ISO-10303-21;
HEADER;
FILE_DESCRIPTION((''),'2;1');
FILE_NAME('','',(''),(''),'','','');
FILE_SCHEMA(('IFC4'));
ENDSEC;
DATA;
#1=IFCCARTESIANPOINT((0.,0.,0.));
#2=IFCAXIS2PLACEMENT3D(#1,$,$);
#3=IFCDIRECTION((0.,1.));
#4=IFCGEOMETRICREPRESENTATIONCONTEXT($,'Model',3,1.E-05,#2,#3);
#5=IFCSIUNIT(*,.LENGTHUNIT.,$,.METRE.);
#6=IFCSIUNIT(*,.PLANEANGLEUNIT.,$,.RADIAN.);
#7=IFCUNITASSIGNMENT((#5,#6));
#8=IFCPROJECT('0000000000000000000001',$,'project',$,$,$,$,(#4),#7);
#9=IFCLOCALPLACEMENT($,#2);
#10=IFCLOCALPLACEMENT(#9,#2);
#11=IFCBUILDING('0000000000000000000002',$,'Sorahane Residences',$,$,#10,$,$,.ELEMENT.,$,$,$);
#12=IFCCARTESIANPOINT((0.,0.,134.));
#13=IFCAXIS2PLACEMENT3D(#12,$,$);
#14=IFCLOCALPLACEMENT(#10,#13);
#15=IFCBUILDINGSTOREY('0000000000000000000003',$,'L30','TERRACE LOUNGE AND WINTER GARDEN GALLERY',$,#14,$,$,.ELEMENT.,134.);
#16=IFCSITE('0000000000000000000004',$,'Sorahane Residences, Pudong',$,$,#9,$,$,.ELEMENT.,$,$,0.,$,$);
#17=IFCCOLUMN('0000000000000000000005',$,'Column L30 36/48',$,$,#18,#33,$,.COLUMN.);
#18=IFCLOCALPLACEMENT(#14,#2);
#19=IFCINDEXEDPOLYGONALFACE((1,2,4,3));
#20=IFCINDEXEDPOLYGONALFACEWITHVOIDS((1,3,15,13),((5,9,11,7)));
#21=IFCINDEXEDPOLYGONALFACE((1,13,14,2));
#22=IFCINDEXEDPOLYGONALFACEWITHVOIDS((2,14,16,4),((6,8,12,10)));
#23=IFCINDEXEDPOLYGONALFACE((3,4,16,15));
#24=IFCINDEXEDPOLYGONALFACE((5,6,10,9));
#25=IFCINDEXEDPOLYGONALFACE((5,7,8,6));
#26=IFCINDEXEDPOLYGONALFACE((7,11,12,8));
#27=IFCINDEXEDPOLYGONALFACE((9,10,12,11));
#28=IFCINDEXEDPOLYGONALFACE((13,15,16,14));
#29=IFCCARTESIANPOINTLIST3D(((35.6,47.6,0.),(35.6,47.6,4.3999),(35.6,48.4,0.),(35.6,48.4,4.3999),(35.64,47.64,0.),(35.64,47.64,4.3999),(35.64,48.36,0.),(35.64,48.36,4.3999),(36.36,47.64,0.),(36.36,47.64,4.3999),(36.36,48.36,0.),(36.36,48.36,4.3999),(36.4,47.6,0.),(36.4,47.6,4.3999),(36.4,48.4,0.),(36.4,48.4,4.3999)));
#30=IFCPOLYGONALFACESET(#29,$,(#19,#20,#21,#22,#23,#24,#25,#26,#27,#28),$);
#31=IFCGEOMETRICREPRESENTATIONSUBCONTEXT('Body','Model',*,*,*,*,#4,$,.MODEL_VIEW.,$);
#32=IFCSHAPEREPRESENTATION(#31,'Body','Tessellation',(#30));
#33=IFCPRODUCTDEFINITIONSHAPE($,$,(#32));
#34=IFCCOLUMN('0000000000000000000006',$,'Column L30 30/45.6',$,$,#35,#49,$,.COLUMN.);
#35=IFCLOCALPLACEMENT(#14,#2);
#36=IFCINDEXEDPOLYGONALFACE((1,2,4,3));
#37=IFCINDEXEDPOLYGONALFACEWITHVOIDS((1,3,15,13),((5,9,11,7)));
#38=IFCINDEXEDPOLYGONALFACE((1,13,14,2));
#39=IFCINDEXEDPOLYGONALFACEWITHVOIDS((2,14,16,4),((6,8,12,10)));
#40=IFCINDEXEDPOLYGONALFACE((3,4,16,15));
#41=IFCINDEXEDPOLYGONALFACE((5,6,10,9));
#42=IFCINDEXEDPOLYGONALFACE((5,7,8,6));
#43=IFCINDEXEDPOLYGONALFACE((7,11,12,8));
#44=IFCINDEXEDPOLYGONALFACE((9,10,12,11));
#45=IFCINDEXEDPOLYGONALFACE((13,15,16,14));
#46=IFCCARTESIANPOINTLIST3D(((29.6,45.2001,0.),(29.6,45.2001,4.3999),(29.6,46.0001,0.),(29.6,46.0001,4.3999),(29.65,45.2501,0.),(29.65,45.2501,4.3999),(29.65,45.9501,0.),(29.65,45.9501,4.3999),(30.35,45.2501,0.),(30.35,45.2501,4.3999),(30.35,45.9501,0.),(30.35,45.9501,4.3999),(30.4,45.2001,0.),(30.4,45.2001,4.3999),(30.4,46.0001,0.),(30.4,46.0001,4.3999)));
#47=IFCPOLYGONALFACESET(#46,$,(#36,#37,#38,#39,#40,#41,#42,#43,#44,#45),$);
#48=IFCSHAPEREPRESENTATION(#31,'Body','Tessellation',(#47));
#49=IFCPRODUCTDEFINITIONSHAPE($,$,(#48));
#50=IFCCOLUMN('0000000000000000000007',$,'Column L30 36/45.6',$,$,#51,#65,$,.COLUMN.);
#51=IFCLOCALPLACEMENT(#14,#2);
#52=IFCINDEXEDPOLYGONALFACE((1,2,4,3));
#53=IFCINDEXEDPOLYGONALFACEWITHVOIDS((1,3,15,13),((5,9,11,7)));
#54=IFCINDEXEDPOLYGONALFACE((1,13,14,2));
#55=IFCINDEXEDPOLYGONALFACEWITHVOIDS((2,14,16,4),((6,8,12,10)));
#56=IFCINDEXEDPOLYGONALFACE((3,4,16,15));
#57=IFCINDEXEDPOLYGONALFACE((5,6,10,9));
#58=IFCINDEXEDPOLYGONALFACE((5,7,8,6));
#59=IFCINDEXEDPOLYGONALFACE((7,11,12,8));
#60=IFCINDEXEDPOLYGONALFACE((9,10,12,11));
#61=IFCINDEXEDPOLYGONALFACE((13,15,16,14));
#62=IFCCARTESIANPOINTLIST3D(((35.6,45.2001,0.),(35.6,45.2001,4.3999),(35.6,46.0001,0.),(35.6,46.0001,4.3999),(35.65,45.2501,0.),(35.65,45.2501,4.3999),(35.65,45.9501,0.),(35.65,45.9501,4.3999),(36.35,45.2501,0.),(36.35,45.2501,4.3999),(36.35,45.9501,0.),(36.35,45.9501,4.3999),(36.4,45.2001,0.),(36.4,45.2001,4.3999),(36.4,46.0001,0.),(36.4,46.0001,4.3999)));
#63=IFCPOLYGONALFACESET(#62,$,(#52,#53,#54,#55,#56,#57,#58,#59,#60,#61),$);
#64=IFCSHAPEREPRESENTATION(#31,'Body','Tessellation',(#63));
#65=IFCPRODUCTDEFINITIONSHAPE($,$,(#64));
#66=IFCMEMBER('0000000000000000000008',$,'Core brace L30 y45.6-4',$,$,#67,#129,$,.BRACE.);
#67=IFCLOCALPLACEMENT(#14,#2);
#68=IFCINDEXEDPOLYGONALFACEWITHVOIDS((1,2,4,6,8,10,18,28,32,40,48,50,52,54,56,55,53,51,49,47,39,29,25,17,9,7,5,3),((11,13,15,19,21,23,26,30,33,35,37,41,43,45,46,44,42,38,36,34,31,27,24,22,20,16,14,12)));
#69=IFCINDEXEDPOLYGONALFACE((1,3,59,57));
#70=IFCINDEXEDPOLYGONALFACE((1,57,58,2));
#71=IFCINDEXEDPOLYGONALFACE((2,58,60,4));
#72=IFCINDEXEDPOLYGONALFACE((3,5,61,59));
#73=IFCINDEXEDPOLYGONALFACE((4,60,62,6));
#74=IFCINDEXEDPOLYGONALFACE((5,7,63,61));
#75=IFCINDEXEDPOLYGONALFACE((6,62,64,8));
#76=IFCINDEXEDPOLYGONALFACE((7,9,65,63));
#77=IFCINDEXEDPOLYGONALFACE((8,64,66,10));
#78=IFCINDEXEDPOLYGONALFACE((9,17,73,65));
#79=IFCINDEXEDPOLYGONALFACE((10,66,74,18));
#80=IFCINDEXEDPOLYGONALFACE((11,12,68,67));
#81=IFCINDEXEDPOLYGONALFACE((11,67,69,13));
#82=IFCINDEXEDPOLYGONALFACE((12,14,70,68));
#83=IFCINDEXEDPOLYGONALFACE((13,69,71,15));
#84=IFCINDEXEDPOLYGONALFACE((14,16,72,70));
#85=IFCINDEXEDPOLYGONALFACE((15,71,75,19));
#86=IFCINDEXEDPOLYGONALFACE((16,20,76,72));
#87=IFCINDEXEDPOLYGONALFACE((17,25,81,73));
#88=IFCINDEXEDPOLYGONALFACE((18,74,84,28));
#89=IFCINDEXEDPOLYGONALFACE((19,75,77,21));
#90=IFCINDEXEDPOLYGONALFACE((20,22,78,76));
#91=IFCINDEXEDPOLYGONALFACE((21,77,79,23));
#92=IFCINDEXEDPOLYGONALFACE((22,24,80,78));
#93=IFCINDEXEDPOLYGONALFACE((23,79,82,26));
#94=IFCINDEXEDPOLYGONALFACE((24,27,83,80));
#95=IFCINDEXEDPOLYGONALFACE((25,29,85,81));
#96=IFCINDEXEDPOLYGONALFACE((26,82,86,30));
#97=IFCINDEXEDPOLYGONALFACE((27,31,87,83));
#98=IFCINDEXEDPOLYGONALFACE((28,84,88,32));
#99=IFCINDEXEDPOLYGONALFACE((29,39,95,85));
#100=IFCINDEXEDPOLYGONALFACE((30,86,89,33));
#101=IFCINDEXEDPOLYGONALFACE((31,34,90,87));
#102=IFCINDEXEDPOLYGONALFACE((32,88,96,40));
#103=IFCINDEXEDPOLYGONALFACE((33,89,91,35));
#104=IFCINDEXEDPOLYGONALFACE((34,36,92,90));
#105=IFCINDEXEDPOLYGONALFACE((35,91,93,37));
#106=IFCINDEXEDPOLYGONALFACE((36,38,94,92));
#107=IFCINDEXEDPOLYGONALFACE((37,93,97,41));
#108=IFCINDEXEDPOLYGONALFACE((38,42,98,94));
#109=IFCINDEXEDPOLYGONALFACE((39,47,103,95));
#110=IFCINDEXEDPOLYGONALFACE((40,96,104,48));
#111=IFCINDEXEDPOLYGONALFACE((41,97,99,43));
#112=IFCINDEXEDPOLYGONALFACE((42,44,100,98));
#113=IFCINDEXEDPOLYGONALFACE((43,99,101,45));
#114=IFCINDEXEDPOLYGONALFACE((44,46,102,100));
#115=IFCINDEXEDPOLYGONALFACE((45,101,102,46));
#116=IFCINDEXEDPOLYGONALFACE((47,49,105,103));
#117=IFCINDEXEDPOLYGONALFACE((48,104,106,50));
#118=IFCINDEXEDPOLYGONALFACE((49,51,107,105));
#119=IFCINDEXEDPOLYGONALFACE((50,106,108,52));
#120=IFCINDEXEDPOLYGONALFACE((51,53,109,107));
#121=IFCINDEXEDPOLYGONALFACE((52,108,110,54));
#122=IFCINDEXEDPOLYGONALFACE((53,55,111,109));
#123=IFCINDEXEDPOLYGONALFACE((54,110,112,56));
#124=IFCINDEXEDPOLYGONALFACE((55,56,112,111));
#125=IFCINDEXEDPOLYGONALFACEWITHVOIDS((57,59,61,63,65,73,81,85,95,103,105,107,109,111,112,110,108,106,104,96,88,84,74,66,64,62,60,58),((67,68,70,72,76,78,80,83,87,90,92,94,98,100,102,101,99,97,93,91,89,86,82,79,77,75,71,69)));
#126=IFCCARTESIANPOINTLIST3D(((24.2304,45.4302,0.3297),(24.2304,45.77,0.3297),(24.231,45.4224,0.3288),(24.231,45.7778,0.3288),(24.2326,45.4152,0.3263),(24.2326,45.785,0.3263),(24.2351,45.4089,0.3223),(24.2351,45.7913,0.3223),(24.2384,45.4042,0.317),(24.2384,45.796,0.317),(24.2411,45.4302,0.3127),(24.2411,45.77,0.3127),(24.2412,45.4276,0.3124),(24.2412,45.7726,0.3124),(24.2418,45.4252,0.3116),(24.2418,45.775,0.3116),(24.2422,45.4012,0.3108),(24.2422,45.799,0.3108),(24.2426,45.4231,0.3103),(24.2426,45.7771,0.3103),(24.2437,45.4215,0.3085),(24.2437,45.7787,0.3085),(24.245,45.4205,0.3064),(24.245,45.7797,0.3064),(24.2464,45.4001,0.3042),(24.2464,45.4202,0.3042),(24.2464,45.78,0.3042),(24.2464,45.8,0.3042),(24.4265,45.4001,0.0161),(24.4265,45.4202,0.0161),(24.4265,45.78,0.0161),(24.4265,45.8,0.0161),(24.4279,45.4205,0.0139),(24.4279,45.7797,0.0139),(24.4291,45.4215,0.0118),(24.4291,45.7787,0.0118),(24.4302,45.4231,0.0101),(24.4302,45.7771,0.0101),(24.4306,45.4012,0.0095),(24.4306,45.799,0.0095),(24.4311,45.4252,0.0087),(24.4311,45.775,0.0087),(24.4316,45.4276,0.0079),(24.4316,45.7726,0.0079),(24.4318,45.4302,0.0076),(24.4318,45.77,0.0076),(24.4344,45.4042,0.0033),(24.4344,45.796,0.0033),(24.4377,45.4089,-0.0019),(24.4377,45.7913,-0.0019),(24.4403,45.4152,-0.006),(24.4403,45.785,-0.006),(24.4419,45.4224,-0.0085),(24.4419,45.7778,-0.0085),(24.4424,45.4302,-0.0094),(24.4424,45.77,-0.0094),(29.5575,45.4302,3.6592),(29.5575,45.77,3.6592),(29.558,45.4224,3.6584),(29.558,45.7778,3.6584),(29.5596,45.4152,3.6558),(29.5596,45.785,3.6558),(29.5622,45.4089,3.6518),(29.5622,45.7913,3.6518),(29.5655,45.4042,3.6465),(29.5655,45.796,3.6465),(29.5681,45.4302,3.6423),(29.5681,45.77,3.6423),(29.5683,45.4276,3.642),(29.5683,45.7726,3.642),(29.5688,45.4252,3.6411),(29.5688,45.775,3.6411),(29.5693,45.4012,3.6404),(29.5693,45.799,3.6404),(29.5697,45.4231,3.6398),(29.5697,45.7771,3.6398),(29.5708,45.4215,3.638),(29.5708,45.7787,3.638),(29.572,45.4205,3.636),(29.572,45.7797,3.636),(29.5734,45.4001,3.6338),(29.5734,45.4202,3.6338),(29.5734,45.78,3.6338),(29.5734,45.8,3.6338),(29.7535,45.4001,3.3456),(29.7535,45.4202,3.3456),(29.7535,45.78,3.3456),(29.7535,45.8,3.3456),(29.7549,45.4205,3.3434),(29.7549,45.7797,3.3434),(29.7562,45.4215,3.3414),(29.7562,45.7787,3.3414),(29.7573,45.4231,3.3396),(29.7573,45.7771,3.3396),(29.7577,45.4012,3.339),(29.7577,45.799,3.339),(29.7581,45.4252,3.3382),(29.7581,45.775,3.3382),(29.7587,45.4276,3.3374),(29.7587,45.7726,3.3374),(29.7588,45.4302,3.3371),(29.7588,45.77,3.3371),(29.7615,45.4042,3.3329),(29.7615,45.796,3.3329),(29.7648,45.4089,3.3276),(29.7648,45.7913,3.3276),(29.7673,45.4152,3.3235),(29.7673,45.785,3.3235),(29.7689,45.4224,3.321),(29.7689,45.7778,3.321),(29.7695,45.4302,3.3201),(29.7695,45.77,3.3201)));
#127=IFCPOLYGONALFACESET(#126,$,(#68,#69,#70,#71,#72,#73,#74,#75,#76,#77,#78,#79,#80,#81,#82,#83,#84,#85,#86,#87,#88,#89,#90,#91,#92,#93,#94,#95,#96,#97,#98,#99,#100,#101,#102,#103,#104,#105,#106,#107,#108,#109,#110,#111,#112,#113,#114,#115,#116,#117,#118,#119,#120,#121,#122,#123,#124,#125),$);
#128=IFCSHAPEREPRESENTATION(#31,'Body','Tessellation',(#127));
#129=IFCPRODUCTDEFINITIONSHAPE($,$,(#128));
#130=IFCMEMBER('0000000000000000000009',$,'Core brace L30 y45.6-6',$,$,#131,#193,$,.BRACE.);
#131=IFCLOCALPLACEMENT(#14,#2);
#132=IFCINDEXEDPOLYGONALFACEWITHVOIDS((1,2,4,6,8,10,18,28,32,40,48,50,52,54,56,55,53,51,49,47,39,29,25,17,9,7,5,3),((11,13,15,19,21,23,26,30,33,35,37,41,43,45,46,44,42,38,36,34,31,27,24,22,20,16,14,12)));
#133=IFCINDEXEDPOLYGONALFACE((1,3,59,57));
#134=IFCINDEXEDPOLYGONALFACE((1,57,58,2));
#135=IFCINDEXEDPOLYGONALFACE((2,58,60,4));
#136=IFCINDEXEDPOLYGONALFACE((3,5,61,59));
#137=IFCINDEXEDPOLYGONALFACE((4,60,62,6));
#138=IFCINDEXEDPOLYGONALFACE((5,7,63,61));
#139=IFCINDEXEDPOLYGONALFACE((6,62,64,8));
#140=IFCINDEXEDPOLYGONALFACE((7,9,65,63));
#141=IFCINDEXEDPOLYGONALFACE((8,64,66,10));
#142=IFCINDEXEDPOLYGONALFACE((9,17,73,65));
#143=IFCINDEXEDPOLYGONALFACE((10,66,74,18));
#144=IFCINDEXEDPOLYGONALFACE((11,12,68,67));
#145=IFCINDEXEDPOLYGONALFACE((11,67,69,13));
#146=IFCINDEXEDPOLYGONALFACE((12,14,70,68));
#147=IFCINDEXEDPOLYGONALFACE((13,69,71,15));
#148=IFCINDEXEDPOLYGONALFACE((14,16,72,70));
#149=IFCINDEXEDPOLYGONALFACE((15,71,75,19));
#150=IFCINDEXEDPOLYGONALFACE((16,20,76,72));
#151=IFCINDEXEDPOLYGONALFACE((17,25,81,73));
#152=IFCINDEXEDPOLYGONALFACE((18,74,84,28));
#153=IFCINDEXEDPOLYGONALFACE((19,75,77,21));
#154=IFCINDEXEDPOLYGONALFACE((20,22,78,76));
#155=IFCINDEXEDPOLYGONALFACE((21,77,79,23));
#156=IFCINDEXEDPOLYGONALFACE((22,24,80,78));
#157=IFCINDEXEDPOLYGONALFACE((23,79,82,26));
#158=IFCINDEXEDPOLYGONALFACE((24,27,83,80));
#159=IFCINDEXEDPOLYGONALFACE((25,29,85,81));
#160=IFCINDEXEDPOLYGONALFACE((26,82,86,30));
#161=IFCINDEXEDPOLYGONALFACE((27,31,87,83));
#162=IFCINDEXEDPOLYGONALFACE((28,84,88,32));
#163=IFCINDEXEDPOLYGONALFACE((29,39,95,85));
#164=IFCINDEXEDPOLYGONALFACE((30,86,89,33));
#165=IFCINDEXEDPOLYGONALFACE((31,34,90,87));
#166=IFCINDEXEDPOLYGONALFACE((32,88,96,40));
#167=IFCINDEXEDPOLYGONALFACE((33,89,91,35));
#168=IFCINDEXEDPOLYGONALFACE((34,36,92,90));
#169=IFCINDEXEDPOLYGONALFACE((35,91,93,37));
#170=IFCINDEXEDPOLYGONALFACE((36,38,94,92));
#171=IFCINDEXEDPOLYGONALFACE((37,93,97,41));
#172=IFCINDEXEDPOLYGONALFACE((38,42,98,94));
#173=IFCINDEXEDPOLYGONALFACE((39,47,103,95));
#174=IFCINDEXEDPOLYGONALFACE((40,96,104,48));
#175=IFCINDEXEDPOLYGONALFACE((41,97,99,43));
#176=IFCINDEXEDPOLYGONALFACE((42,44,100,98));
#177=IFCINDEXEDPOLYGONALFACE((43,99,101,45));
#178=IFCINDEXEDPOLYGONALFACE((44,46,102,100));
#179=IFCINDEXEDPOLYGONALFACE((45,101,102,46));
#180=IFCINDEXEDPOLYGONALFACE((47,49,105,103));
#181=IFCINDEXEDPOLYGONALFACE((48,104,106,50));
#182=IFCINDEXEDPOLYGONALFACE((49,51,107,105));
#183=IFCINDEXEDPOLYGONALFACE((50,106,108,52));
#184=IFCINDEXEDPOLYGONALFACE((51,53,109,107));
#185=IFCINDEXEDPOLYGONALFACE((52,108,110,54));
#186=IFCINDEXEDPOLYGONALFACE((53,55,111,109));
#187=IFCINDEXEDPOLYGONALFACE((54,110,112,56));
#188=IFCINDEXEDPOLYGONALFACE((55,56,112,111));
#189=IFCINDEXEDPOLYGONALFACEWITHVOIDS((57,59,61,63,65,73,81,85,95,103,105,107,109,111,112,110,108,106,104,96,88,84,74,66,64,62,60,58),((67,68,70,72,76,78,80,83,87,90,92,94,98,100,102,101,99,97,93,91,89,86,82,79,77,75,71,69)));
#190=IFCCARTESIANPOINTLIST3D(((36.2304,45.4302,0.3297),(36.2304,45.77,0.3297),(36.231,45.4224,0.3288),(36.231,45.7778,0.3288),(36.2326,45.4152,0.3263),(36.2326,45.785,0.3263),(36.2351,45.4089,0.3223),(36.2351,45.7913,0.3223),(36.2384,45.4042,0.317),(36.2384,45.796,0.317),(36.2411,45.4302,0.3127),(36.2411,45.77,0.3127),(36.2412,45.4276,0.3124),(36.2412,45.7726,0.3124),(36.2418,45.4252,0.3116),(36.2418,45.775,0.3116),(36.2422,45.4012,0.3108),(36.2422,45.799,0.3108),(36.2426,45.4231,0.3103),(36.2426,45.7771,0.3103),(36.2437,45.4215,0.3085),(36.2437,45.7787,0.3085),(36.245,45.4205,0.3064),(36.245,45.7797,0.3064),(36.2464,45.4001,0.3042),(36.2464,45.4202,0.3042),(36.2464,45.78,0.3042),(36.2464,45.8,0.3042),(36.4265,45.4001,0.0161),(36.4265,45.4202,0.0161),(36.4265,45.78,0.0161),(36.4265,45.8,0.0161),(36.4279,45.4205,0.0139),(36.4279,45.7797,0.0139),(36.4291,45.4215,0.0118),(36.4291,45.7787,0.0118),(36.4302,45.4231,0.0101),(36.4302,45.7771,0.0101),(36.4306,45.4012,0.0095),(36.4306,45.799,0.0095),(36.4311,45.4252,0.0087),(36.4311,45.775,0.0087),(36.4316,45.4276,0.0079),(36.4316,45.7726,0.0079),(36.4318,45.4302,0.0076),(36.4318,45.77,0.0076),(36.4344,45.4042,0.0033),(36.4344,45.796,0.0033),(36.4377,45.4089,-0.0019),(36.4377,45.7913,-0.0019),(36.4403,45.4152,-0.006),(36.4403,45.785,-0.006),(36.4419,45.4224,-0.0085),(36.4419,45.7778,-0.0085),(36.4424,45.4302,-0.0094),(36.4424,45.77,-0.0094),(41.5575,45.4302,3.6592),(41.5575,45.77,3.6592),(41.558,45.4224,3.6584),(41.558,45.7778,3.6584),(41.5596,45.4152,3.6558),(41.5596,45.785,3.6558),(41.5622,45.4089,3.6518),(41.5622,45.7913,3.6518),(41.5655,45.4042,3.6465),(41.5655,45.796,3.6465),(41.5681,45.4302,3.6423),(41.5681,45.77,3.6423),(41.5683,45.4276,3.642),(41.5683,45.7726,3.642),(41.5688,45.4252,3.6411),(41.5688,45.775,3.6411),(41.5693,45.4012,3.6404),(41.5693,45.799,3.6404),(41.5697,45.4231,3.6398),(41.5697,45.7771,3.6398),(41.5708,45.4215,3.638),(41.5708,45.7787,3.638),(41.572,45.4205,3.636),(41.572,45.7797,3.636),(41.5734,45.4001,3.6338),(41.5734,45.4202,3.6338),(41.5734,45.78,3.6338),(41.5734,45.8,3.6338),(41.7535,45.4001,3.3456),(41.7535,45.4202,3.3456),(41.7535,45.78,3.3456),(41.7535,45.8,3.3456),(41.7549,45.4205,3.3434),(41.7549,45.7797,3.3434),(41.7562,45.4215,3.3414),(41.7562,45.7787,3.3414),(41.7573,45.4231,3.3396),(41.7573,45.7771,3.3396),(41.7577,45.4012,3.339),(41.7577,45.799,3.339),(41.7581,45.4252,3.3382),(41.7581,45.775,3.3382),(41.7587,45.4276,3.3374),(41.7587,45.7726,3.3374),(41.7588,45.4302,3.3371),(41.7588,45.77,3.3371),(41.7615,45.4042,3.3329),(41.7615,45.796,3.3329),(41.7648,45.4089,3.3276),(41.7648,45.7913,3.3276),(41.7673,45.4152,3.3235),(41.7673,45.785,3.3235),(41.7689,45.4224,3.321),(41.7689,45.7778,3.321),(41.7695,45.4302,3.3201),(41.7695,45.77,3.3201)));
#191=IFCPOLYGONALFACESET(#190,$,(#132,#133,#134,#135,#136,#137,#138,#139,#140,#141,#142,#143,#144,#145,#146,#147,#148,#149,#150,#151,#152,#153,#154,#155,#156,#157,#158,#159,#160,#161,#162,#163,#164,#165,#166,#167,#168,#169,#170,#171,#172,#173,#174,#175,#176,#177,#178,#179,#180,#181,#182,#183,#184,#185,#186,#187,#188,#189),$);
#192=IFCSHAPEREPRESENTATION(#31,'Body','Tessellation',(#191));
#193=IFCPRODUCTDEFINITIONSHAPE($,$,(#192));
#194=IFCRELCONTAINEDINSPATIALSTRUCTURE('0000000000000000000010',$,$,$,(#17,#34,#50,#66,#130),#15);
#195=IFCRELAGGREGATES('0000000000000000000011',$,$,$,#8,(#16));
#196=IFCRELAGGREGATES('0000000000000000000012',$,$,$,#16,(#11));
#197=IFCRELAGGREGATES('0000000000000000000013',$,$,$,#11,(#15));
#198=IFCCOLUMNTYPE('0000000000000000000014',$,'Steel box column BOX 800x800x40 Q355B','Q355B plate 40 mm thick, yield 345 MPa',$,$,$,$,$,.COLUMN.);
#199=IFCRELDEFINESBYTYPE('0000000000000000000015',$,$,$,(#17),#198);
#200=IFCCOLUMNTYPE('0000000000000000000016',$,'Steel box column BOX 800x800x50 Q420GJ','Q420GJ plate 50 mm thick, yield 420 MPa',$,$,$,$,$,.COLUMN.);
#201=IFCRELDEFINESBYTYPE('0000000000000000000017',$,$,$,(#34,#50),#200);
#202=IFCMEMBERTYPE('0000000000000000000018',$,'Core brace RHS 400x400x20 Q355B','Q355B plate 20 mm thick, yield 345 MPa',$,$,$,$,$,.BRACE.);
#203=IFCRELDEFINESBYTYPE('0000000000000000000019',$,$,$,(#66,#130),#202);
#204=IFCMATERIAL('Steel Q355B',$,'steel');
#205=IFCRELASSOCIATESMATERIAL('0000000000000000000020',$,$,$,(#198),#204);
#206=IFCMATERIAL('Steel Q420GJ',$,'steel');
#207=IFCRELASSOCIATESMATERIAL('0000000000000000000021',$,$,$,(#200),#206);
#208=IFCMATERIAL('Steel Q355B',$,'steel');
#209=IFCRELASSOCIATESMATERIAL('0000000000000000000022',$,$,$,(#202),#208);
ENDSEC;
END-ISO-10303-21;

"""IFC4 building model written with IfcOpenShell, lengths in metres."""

from ifc_helpers import new_model, si_unit, direction, frame, origin, origin_2d, place, context, subcontext, project, spatial, hollow_rectangle, extrude, material, material_profile, profile_set, type_object, element, save


model = new_model("IFC4")

# Units and contexts
model_context = context("Model", 3, precision=1e-05, world=origin(), true_north=direction((0.0, 1.0)))
body_context = subcontext(model_context, "Body", "Model", "MODEL_VIEW")
ifc_project = project(units=[si_unit("LENGTHUNIT", "METRE"), si_unit("PLANEANGLEUNIT", "RADIAN")], contexts=[model_context])

# Site, building, storey
site_placement = place(None, origin())
site = spatial("IfcSite", under=ifc_project, at=site_placement, Name="Sorahane Residences, Pudong", CompositionType="ELEMENT", RefElevation=0.0)
building_placement = place(site_placement, origin())
building = spatial("IfcBuilding", under=site, at=building_placement, Name="Sorahane Residences", CompositionType="ELEMENT")
storey_placement = place(building_placement, frame((0.0, 0.0, 134.0)))
storey = spatial("IfcBuildingStorey", under=building, at=storey_placement, Name="L30", Description="TERRACE LOUNGE AND WINTER GARDEN GALLERY", CompositionType="ELEMENT", Elevation=134.0)

# Columns
ifc_material_1 = material(Name="Steel Q355B", Category="steel")
ifc_material_profile_1 = material_profile(ifc_material_1, hollow_rectangle(XDim=0.8, YDim=0.8, WallThickness=0.04, at=origin_2d()), Name="BOX 800x800x40")
ifc_profile_set_1 = profile_set([ifc_material_profile_1], Name="Steel Q355B")
column_type_1 = type_object("IfcColumnType", Name="Steel box column BOX 800x800x40 Q355B", Description="Q355B plate 40 mm thick, yield 345 MPa", PredefinedType="COLUMN", material=ifc_profile_set_1)
column_placement = place(storey_placement, frame((36.0, 48.0, 0.0), z_axis=(0.0, 0.0, 1.0), x_axis=(1.0, 0.0, 0.0)))
element("IfcColumn", 1, at=column_placement, inside=storey, type_object=column_type_1, Name="Column L30 36/48", PredefinedType="COLUMN", context=body_context, shape_type="SweptSolid", body=[
    extrude(hollow_rectangle(XDim=0.8, YDim=0.8, WallThickness=0.04, at=origin_2d()), origin(), (0.0, 0.0, 1.0), 4.3999),
])
ifc_material_2 = material(Name="Steel Q420GJ", Category="steel")
ifc_material_profile_2 = material_profile(ifc_material_2, hollow_rectangle(XDim=0.8, YDim=0.8, WallThickness=0.05, at=origin_2d()), Name="BOX 800x800x50")
ifc_profile_set_2 = profile_set([ifc_material_profile_2], Name="Steel Q420GJ")
column_type_2 = type_object("IfcColumnType", Name="Steel box column BOX 800x800x50 Q420GJ", Description="Q420GJ plate 50 mm thick, yield 420 MPa", PredefinedType="COLUMN", material=ifc_profile_set_2)
for number, where, z_axis, x_axis, name in (
    (2, (30.0, 45.6001, 0.0), (0.0, 0.0, 1.0), (1.0, 0.0, 0.0), "Column L30 30/45.6"),
    (3, (36.0, 45.6001, 0.0), (0.0, 0.0, 1.0), (1.0, 0.0, 0.0), "Column L30 36/45.6"),
):
    element("IfcColumn", number, at=place(storey_placement, frame(where, z_axis=z_axis, x_axis=x_axis)), inside=storey, type_object=column_type_2, Name=name, PredefinedType="COLUMN", context=body_context, shape_type="SweptSolid", body=[
        extrude(hollow_rectangle(XDim=0.8, YDim=0.8, WallThickness=0.05, at=origin_2d()), origin(), (0.0, 0.0, 1.0), 4.3999),
    ])

# Members
ifc_material_3 = material(Name="Steel Q355B", Category="steel")
ifc_material_profile_3 = material_profile(ifc_material_3, hollow_rectangle(XDim=0.3999, YDim=0.3999, WallThickness=0.02, InnerFilletRadius=0.01, OuterFilletRadius=0.03, at=origin_2d()), Name="RHS 400x400x20")
ifc_profile_set_3 = profile_set([ifc_material_profile_3], Name="Steel Q355B")
member_type_1 = type_object("IfcMemberType", Name="Core brace RHS 400x400x20 Q355B", Description="Q355B plate 20 mm thick, yield 345 MPa", PredefinedType="BRACE", material=ifc_profile_set_3)
for number, where, z_axis, x_axis, name in (
    (4, (24.3364, 45.6001, 0.1602), (0.84799, 0.0, 0.530013), (0.0, 1.0, 0.0), "Core brace L30 y45.6-4"),
    (5, (36.3364, 45.6001, 0.1602), (0.84799, 0.0, 0.530013), (0.0, 1.0, 0.0), "Core brace L30 y45.6-6"),
):
    element("IfcMember", number, at=place(storey_placement, frame(where, z_axis=z_axis, x_axis=x_axis)), inside=storey, type_object=member_type_1, Name=name, PredefinedType="BRACE", context=body_context, shape_type="SweptSolid", body=[
        extrude(hollow_rectangle(XDim=0.3999, YDim=0.3999, WallThickness=0.02, InnerFilletRadius=0.01, OuterFilletRadius=0.03, at=origin_2d()), origin(), (0.0, 0.0, 1.0), 6.282),
    ])

save(model, "model.ifc")
